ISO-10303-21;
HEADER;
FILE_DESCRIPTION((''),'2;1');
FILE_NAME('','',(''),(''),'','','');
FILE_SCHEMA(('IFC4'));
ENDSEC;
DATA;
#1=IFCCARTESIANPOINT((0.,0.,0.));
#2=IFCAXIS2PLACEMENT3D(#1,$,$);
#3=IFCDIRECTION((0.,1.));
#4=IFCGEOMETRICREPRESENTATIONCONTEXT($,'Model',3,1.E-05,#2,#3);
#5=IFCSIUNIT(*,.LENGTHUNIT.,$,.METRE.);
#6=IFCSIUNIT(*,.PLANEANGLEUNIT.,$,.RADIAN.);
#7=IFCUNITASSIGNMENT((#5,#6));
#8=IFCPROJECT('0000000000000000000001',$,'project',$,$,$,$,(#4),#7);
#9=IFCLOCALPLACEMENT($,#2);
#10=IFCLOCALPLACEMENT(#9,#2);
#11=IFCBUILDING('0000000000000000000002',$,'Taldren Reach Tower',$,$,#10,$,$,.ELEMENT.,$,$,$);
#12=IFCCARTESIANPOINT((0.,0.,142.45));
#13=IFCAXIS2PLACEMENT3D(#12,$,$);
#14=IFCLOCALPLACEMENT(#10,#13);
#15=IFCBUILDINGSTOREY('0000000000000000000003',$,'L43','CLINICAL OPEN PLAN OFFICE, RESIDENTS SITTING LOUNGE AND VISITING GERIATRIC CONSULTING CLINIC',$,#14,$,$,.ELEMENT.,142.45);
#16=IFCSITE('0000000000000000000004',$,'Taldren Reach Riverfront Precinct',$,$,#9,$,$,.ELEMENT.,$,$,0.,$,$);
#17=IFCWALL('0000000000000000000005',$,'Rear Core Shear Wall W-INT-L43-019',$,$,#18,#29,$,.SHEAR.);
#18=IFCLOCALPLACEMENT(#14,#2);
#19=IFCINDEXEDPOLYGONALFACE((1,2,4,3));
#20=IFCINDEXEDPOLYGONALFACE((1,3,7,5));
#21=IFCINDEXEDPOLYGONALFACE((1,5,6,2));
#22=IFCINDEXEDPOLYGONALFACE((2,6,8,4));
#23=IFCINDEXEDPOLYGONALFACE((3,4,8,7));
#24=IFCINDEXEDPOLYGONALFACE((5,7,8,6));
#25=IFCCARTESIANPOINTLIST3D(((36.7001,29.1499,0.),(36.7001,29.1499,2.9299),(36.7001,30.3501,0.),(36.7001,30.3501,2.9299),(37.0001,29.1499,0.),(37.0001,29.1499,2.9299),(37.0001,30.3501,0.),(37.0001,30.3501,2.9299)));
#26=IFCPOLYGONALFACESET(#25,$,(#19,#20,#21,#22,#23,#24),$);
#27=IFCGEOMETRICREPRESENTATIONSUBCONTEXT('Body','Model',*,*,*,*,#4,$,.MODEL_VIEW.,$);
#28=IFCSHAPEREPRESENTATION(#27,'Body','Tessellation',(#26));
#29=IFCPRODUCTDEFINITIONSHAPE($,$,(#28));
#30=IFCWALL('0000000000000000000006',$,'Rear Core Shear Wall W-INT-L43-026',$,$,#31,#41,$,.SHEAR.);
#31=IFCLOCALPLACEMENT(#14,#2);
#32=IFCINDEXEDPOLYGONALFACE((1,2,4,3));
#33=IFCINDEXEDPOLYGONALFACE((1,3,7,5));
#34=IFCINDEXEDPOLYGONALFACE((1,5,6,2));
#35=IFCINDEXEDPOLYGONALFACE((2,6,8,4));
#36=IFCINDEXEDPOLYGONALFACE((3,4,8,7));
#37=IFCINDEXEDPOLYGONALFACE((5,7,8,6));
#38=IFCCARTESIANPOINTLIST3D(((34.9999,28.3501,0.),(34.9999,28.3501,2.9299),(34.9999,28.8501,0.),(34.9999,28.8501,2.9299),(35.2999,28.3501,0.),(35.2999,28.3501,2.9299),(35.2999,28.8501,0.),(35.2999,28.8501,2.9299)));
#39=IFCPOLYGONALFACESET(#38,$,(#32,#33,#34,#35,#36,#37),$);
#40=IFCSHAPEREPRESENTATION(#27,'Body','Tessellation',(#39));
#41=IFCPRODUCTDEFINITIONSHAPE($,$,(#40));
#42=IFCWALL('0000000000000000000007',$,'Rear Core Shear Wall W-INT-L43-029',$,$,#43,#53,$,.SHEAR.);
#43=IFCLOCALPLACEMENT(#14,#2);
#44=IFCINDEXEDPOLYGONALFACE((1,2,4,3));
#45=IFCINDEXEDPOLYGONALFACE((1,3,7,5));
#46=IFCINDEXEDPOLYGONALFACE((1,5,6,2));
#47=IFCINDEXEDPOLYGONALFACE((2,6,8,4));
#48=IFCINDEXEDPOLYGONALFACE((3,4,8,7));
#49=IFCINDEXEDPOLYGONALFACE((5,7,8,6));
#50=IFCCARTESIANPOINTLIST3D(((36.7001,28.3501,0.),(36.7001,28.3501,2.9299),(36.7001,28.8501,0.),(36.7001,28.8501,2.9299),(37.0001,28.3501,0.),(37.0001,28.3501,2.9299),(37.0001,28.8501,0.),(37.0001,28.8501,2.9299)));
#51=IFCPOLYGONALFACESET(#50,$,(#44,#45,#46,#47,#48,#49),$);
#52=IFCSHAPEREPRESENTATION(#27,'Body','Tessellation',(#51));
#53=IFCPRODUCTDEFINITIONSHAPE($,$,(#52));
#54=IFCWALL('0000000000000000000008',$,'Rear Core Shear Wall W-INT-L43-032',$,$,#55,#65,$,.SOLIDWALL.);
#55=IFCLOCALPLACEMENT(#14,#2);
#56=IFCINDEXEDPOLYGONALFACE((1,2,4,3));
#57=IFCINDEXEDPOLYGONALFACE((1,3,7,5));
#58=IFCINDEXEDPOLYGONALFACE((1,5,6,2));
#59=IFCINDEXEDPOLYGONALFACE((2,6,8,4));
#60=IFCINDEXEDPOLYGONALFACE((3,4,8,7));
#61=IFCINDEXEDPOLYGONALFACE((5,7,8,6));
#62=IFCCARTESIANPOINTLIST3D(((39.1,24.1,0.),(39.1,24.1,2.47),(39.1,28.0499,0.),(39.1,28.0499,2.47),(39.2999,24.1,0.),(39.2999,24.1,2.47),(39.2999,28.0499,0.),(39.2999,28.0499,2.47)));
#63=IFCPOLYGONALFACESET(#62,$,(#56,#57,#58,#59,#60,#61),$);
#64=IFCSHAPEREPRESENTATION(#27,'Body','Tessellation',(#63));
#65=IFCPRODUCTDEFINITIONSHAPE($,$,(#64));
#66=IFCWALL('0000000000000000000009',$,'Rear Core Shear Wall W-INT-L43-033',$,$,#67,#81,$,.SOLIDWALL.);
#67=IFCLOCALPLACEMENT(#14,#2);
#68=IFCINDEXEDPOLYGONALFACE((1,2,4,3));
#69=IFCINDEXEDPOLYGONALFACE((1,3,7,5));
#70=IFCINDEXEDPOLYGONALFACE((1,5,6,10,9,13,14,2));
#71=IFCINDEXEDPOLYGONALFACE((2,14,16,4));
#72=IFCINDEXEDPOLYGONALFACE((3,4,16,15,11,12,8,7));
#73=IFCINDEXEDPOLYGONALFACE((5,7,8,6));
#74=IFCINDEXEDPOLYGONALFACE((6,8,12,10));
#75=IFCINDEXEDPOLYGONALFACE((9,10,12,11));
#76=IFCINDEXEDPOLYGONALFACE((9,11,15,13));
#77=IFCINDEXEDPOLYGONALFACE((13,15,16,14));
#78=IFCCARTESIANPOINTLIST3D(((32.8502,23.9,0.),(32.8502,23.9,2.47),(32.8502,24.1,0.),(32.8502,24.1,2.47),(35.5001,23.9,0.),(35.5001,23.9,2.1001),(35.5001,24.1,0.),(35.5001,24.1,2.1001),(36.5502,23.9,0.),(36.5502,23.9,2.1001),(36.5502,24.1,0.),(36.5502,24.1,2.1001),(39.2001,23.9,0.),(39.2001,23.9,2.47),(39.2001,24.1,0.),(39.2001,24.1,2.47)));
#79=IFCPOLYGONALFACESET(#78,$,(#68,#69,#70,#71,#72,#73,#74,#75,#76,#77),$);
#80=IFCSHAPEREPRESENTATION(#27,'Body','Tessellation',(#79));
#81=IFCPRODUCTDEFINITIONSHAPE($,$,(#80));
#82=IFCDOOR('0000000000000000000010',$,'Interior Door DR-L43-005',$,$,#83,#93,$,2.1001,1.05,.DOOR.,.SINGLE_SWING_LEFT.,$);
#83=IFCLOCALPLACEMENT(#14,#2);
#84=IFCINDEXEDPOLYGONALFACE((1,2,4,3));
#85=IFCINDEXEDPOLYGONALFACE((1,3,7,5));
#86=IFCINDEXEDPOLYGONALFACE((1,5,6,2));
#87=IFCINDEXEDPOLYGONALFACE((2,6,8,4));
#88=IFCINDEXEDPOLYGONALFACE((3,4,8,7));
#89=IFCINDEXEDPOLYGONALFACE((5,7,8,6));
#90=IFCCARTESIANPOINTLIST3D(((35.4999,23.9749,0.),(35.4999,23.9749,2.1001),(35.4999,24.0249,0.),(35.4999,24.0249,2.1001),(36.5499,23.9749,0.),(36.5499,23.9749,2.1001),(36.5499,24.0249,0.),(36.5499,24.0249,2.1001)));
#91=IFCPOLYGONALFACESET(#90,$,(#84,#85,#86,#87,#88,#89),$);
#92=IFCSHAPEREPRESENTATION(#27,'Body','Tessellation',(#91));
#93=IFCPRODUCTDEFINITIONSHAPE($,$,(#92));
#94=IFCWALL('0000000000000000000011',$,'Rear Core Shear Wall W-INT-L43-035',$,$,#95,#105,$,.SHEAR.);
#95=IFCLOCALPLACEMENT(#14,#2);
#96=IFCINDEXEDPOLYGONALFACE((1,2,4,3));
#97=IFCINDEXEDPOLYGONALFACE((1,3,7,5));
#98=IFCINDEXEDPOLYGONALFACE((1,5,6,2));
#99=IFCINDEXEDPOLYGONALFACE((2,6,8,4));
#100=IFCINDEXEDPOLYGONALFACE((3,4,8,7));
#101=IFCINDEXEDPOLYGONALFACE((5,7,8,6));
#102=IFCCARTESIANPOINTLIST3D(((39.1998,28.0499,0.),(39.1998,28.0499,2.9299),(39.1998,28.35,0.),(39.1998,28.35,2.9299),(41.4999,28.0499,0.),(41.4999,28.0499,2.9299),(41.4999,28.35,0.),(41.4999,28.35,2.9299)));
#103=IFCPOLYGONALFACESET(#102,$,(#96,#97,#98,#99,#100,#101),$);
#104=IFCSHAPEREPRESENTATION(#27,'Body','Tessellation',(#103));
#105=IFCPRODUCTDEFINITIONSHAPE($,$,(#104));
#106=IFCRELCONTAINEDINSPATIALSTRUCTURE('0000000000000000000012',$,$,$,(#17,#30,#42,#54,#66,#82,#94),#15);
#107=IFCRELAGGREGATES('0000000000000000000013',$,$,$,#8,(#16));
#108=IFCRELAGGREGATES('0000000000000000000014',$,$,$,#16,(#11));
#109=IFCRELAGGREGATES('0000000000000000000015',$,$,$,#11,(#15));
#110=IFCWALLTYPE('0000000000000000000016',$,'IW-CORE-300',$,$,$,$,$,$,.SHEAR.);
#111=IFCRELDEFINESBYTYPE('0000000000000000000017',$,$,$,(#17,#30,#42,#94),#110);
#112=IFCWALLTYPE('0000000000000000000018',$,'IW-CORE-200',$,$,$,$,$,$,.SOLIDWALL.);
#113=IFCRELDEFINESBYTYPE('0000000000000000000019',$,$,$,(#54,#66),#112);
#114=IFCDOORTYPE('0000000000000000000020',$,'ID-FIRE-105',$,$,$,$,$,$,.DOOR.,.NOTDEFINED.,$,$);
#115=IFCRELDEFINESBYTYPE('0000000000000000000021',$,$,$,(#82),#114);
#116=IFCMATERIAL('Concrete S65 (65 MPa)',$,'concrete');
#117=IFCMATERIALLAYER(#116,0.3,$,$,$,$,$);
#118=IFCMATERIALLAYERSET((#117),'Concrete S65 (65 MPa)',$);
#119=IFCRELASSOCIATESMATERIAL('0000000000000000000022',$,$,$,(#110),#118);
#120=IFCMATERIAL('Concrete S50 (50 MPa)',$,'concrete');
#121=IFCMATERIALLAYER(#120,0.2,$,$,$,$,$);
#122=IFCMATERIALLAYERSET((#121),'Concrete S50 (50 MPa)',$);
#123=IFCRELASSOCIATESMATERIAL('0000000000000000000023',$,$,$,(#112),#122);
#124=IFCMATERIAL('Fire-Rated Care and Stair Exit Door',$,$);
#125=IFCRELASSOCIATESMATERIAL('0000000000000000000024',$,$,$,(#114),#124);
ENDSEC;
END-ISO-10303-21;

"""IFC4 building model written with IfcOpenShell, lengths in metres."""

from ifc_helpers import new_model, si_unit, direction, frame, frame_2d, origin, place, context, subcontext, project, spatial, rectangle, extrude, source, transform, mapped, material, layer, layer_set, type_object, element, fill, save


model = new_model("IFC4")

# Units and contexts
model_context = context("Model", 3, precision=1e-05, world=origin(), true_north=direction((0.0, 1.0)))
body_context = subcontext(model_context, "Body", "Model", "MODEL_VIEW")
ifc_project = project(units=[si_unit("LENGTHUNIT", "METRE"), si_unit("PLANEANGLEUNIT", "RADIAN")], contexts=[model_context])

# Site, building, storey
site_placement = place(None, origin())
site = spatial("IfcSite", under=ifc_project, at=site_placement, Name="Taldren Reach Riverfront Precinct", CompositionType="ELEMENT", RefElevation=0.0)
building_placement = place(site_placement, origin())
building = spatial("IfcBuilding", under=site, at=building_placement, Name="Taldren Reach Tower", CompositionType="ELEMENT")
storey_placement = place(building_placement, frame((0.0, 0.0, 142.45)))
storey = spatial("IfcBuildingStorey", under=building, at=storey_placement, Name="L43", Description="CLINICAL OPEN PLAN OFFICE, RESIDENTS SITTING LOUNGE AND VISITING GERIATRIC CONSULTING CLINIC", CompositionType="ELEMENT", Elevation=142.45)

# Walls
ifc_material_1 = material(Name="Concrete S65 (65 MPa)", Category="concrete")
ifc_layer_1 = layer(ifc_material_1, 0.3)
ifc_layer_set_1 = layer_set([ifc_layer_1], Name="Concrete S65 (65 MPa)")
wall_type_1 = type_object("IfcWallType", Name="IW-CORE-300", PredefinedType="SHEAR", material=ifc_layer_set_1)
shared_shape_1 = source(origin(), body_context, "Body", "SweptSolid", [
    extrude(rectangle(XDim=1.2002, YDim=0.3, at=frame_2d((0.6001, 0.0))), origin(), (0.0, 0.0, 1.0), 2.9299),
])
for number, where, z_axis, x_axis, name in (
    (1, (36.8501, 29.1499, 0.0), (0.0, 0.0, 1.0), (0.0, 1.0, 0.0), "Rear Core Shear Wall W-INT-L43-019"),
):
    element("IfcWall", number, at=place(storey_placement, frame(where, z_axis=z_axis, x_axis=x_axis)), inside=storey, type_object=wall_type_1, Name=name, PredefinedType="SHEAR", context=body_context, shape_type="MappedRepresentation", body=[
        mapped(shared_shape_1, transform((0.0, 0.0, 0.0), scale=1.0)),
    ])
shared_shape_2 = source(origin(), body_context, "Body", "SweptSolid", [
    extrude(rectangle(XDim=0.5, YDim=0.3, at=frame_2d((0.25, 0.0))), origin(), (0.0, 0.0, 1.0), 2.9299),
])
for number, where, z_axis, x_axis, name in (
    (2, (35.1499, 28.3501, 0.0), (0.0, 0.0, 1.0), (0.0, 1.0, 0.0), "Rear Core Shear Wall W-INT-L43-026"),
    (3, (36.8501, 28.8501, 0.0), (0.0, 0.0, 1.0), (0.0, -1.0, 0.0), "Rear Core Shear Wall W-INT-L43-029"),
):
    element("IfcWall", number, at=place(storey_placement, frame(where, z_axis=z_axis, x_axis=x_axis)), inside=storey, type_object=wall_type_1, Name=name, PredefinedType="SHEAR", context=body_context, shape_type="MappedRepresentation", body=[
        mapped(shared_shape_2, transform((0.0, 0.0, 0.0), scale=1.0)),
    ])

# Wall
ifc_material_2 = material(Name="Concrete S50 (50 MPa)", Category="concrete")
ifc_layer_2 = layer(ifc_material_2, 0.2)
ifc_layer_set_2 = layer_set([ifc_layer_2], Name="Concrete S50 (50 MPa)")
wall_type_2 = type_object("IfcWallType", Name="IW-CORE-200", PredefinedType="SOLIDWALL", material=ifc_layer_set_2)
shared_shape_3 = source(origin(), body_context, "Body", "SweptSolid", [
    extrude(rectangle(XDim=3.95, YDim=0.2, at=frame_2d((1.9751, 0.0))), origin(), (0.0, 0.0, 1.0), 2.47),
])
wall_1_placement = place(storey_placement, frame((39.2, 28.05, 0.0), z_axis=(0.0, 0.0, 1.0), x_axis=(0.0, -1.0, 0.0)))
element("IfcWall", 4, at=wall_1_placement, inside=storey, type_object=wall_type_2, Name="Rear Core Shear Wall W-INT-L43-032", PredefinedType="SOLIDWALL", context=body_context, shape_type="MappedRepresentation", body=[
    mapped(shared_shape_3, transform((0.0, 0.0, 0.0), scale=1.0)),
])

# Wall, opening, door
shared_shape_4 = source(origin(), body_context, "Body", "SweptSolid", [
    extrude(rectangle(XDim=6.3499, YDim=0.2, at=frame_2d((3.1748, 0.0))), origin(), (0.0, 0.0, 1.0), 2.47),
])
wall_2_placement = place(storey_placement, frame((39.2, 24.0, 0.0), z_axis=(0.0, 0.0, 1.0), x_axis=(-1.0, 0.0, 0.0)))
wall_2 = element("IfcWall", 5, at=wall_2_placement, inside=storey, type_object=wall_type_2, Name="Rear Core Shear Wall W-INT-L43-033", PredefinedType="SOLIDWALL", context=body_context, shape_type="MappedRepresentation", body=[
    mapped(shared_shape_4, transform((0.0, 0.0, 0.0), scale=1.0)),
])
shared_shape_5 = source(origin(), body_context, "Body", "SweptSolid", [
    extrude(rectangle(XDim=1.05, YDim=2.1001, at=frame_2d((0.5249, 1.05))), frame((0.0, 0.1099, 0.0), z_axis=(0.0, -1.0, 0.0), x_axis=(1.0, 0.0, 0.0)), (0.0, 0.0, 1.0), 0.22),
])
opening_1_placement = place(wall_2_placement, frame((2.6499, 0.0, 0.0)))
opening_1 = element("IfcOpeningElement", 6, at=opening_1_placement, cuts=wall_2, PredefinedType="OPENING", context=body_context, shape_type="MappedRepresentation", body=[
    mapped(shared_shape_5, transform((0.0, 0.0, 0.0), scale=1.0)),
])
ifc_material_3 = material(Name="Fire-Rated Care and Stair Exit Door")
door_type_1 = type_object("IfcDoorType", Name="ID-FIRE-105", OperationType="NOTDEFINED", PredefinedType="DOOR", material=ifc_material_3)
shared_shape_6 = source(origin(), body_context, "Body", "SweptSolid", [
    extrude(rectangle(XDim=1.05, YDim=2.1001, at=frame_2d((0.5249, 1.05))), frame((0.0, 0.0249, 0.0), z_axis=(0.0, -1.0, 0.0), x_axis=(1.0, 0.0, 0.0)), (0.0, 0.0, 1.0), 0.05),
])
door_1_placement = place(opening_1_placement, frame((1.05, 0.0, 0.0), z_axis=(0.0, 0.0, 1.0), x_axis=(-1.0, 0.0, 0.0)))
door_1 = element("IfcDoor", 7, at=door_1_placement, inside=storey, type_object=door_type_1, Name="Interior Door DR-L43-005", OperationType="SINGLE_SWING_LEFT", OverallHeight=2.1001, OverallWidth=1.05, PredefinedType="DOOR", context=body_context, shape_type="MappedRepresentation", body=[
    mapped(shared_shape_6, transform((0.0, 0.0, 0.0), scale=1.0)),
])
fill(opening_1, door_1)

# Wall
shared_shape_7 = source(origin(), body_context, "Body", "SweptSolid", [
    extrude(rectangle(XDim=2.3, YDim=0.3, at=frame_2d((1.1499, 0.0))), origin(), (0.0, 0.0, 1.0), 2.9299),
])
wall_3_placement = place(storey_placement, frame((39.2, 28.2, 0.0), z_axis=(0.0, 0.0, 1.0), x_axis=(1.0, 0.0, 0.0)))
element("IfcWall", 8, at=wall_3_placement, inside=storey, type_object=wall_type_1, Name="Rear Core Shear Wall W-INT-L43-035", PredefinedType="SHEAR", context=body_context, shape_type="MappedRepresentation", body=[
    mapped(shared_shape_7, transform((0.0, 0.0, 0.0), scale=1.0)),
])

save(model, "model.ifc")
